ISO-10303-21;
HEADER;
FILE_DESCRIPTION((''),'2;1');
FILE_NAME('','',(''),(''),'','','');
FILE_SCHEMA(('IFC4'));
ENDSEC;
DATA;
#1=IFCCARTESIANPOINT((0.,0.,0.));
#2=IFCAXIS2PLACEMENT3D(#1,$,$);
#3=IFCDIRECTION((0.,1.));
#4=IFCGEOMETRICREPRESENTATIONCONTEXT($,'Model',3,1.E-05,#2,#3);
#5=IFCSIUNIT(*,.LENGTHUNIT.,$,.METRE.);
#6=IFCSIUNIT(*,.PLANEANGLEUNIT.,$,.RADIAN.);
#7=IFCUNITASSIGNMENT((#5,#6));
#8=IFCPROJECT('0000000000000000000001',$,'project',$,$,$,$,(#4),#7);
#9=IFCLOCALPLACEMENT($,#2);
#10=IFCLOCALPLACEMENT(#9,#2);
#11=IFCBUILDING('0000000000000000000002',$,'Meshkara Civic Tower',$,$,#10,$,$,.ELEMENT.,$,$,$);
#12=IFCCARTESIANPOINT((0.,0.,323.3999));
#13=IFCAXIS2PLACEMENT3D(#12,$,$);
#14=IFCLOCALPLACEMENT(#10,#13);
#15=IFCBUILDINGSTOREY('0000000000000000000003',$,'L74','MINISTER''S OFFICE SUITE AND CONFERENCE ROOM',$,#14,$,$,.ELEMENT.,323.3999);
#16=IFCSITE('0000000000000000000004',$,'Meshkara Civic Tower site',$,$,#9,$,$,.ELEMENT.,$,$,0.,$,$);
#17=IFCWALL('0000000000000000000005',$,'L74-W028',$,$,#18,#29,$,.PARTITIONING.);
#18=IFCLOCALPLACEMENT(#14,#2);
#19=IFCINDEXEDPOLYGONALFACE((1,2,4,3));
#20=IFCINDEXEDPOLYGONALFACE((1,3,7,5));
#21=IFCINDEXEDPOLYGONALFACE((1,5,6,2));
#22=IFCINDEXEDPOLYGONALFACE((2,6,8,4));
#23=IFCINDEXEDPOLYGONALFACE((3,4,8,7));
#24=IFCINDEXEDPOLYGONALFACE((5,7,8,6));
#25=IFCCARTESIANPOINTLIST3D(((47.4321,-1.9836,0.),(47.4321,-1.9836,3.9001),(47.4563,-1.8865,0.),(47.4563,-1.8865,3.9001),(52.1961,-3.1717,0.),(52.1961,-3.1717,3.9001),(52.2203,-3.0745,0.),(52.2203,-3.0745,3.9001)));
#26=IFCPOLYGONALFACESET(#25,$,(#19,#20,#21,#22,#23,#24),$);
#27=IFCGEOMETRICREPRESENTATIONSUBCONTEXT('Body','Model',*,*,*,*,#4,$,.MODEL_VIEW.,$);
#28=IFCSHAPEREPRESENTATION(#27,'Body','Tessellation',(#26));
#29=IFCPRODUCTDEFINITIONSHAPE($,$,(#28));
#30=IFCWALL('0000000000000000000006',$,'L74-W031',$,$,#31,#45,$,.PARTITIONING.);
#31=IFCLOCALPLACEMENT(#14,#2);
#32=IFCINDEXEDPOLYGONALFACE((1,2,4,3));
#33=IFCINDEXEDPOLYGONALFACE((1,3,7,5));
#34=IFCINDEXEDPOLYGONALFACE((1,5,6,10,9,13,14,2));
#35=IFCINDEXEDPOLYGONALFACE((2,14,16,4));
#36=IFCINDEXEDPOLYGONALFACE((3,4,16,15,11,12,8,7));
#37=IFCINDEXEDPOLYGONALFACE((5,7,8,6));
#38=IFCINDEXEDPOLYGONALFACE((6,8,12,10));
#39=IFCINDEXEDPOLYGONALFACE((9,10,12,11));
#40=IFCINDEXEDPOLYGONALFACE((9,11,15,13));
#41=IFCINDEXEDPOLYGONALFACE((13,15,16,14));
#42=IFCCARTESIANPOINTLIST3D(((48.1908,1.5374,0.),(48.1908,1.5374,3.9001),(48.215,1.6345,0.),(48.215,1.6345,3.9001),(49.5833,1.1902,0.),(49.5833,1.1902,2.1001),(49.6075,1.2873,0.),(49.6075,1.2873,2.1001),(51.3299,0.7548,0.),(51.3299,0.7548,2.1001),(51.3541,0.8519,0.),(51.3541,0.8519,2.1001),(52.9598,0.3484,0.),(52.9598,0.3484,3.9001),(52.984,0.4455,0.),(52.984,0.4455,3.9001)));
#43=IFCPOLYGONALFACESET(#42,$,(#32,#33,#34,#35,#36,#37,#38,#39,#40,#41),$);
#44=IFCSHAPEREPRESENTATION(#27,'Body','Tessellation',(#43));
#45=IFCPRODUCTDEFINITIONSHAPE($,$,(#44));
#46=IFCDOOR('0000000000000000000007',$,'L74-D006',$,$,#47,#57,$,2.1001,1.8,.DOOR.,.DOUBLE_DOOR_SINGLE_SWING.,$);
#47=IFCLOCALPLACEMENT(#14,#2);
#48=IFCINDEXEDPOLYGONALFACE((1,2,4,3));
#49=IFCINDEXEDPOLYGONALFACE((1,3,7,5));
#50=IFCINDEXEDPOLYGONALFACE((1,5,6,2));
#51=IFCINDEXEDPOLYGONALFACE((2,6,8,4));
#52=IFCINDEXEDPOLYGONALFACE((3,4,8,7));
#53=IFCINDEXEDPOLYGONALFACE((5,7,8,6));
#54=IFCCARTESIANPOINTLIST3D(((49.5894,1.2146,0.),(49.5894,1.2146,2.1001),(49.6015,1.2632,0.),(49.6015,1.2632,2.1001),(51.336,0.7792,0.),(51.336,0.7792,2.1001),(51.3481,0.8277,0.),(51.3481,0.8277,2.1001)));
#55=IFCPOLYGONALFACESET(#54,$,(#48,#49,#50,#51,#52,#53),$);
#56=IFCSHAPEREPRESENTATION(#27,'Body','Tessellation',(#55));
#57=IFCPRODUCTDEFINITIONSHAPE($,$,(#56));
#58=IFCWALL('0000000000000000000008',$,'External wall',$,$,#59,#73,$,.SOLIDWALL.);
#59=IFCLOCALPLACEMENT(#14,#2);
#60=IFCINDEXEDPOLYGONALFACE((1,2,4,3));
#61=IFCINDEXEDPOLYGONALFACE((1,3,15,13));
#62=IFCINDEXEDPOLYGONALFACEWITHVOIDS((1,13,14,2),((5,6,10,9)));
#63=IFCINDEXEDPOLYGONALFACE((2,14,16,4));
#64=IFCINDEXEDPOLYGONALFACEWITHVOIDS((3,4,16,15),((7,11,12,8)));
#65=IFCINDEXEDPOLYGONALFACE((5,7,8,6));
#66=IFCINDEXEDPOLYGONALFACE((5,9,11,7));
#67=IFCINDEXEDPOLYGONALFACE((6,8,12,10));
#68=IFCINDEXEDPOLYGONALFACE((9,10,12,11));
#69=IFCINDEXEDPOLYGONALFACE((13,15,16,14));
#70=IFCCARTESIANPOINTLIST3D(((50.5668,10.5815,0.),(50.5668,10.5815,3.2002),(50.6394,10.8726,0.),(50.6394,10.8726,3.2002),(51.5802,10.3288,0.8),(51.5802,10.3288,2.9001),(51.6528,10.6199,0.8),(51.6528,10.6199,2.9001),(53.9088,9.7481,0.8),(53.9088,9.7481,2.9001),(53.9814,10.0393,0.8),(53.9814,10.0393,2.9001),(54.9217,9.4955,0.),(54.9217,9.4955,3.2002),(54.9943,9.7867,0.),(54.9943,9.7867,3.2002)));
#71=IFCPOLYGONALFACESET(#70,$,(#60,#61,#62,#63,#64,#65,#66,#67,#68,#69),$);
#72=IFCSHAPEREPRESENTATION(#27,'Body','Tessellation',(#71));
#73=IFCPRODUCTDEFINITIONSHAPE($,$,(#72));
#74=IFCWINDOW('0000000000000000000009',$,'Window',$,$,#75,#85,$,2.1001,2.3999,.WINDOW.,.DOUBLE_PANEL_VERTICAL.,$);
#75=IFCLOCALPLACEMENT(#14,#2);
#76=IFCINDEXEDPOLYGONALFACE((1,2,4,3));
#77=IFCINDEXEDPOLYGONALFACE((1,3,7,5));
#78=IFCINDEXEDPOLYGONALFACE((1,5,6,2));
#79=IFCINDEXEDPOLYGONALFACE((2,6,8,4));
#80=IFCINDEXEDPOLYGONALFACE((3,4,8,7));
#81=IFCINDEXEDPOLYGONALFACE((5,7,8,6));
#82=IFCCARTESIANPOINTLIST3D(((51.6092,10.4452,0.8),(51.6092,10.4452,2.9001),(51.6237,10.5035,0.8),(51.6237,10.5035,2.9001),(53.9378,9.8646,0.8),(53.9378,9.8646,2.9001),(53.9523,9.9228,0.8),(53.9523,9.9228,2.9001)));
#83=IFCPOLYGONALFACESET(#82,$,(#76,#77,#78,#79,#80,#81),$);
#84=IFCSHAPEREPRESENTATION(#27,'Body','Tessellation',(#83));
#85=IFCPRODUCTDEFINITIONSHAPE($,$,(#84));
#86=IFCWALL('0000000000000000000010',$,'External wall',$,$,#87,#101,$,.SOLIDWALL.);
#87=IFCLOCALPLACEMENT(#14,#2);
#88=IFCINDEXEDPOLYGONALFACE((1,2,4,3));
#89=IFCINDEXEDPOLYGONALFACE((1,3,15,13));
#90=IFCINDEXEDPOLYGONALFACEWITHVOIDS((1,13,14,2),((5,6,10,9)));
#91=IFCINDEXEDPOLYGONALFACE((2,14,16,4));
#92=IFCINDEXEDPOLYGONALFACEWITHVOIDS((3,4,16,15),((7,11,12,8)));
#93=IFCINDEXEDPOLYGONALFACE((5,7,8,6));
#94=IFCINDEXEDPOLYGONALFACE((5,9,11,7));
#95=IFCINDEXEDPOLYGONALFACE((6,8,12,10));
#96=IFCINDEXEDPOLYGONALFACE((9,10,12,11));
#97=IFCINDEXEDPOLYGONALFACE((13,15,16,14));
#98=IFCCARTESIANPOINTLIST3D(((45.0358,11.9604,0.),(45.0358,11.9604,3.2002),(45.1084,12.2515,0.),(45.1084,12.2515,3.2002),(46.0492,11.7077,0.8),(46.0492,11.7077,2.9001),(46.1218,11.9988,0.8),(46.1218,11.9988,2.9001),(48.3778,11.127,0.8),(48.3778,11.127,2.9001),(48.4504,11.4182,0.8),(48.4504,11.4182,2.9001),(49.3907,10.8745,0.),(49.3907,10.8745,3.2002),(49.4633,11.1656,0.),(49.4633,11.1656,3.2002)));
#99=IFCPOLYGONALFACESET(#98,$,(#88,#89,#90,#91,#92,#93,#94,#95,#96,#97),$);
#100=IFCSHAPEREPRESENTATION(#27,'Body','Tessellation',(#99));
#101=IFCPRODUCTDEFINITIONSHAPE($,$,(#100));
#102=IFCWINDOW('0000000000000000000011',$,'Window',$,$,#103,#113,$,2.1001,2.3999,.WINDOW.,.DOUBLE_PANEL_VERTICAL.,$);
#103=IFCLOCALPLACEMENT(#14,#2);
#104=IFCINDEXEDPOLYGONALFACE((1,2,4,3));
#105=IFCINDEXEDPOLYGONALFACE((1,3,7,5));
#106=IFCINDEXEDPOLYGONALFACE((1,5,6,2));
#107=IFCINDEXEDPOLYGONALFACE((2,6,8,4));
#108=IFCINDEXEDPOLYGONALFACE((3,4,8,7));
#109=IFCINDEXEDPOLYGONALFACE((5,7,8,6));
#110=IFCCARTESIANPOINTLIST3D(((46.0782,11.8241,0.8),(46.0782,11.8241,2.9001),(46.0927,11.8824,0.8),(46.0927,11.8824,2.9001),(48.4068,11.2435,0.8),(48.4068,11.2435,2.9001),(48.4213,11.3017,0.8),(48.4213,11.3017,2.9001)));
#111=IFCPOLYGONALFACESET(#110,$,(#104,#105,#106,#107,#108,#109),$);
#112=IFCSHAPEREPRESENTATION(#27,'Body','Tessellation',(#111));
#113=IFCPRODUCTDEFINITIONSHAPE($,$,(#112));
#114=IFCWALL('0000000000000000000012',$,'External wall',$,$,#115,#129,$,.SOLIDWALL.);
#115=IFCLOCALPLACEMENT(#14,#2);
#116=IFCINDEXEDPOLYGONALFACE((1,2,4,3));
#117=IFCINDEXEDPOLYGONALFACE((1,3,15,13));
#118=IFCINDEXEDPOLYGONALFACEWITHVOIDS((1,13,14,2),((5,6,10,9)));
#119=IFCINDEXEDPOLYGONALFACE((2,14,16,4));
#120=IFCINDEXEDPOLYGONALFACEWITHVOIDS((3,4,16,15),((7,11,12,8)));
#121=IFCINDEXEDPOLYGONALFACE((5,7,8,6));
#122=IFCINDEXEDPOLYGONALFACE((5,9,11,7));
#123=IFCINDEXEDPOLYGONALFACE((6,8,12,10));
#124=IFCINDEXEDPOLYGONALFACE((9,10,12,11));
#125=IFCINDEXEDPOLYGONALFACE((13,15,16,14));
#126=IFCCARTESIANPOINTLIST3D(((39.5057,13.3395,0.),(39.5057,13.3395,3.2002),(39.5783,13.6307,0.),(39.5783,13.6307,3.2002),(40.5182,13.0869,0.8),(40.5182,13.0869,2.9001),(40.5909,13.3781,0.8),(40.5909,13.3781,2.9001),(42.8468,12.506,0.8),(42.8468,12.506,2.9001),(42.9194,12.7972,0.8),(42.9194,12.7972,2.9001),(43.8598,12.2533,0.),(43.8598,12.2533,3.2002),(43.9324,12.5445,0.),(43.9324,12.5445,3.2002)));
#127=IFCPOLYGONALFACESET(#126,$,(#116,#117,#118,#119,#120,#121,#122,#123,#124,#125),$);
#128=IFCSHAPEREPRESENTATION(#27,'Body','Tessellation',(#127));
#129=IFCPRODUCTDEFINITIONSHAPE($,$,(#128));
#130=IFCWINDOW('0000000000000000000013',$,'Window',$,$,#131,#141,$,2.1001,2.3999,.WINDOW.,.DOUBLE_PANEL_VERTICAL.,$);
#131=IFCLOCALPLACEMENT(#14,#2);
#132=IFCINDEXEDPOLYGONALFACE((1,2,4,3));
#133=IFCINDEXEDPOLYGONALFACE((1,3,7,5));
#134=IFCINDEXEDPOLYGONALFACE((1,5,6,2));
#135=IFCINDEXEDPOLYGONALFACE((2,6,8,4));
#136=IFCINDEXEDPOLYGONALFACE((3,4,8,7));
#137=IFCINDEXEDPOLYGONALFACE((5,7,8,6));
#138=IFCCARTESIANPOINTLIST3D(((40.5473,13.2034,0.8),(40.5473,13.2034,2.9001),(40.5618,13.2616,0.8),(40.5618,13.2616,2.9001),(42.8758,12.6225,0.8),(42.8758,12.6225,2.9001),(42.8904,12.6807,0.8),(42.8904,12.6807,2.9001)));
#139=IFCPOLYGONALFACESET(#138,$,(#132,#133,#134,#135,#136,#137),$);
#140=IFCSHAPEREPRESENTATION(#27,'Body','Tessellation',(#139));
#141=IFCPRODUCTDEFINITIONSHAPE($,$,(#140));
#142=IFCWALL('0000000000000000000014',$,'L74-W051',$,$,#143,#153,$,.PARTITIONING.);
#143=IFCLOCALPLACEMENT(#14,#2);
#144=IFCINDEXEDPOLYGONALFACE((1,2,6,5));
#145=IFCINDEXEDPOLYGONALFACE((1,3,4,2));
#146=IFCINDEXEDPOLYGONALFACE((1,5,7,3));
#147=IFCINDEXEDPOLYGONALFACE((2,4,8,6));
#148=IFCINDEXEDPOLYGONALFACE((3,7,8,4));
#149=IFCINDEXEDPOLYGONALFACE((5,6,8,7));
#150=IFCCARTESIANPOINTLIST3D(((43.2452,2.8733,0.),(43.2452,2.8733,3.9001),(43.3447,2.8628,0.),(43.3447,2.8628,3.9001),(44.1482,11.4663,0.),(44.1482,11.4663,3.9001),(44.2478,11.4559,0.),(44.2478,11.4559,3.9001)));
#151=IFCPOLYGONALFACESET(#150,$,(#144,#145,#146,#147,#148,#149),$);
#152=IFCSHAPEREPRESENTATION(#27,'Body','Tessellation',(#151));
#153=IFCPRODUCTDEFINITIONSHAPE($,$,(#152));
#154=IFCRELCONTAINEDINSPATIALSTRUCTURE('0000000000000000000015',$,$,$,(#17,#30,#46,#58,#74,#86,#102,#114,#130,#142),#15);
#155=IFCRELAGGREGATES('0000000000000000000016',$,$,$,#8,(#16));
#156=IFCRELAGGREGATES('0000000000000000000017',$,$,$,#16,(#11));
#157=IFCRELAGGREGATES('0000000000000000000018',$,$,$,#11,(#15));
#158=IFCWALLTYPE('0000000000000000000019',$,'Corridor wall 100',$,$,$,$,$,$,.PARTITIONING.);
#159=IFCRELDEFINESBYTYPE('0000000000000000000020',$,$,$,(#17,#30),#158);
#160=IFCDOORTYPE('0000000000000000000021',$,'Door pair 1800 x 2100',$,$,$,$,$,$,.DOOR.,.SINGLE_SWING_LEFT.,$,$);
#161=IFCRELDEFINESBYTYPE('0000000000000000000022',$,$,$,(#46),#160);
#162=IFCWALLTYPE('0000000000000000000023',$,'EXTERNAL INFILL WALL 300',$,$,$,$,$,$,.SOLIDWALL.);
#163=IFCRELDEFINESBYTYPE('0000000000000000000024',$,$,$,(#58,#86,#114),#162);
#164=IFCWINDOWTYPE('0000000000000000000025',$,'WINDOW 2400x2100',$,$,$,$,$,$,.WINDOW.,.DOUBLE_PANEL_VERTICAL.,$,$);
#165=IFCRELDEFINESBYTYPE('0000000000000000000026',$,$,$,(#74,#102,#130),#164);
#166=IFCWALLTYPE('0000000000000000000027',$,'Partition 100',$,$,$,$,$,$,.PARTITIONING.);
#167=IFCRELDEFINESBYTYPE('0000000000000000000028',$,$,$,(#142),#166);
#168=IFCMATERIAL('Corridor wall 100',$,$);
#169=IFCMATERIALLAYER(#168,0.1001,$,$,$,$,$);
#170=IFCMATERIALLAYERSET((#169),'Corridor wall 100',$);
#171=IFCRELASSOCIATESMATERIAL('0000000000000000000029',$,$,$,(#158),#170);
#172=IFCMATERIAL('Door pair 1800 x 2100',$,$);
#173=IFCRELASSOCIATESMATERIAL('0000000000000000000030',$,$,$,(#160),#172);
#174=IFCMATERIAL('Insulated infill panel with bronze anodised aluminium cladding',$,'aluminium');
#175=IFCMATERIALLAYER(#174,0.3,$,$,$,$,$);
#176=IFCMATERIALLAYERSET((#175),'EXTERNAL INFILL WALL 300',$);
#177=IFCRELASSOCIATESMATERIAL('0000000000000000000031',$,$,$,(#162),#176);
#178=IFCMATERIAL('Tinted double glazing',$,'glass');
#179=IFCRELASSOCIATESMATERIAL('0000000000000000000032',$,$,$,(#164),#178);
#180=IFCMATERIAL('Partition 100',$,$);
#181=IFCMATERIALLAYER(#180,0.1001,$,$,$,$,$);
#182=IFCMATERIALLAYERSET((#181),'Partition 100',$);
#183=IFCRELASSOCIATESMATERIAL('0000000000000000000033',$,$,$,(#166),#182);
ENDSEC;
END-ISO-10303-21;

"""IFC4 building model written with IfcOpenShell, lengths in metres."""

from ifc_helpers import new_model, si_unit, direction, frame, frame_2d, origin, place, context, subcontext, project, spatial, rectangle, extrude, material, layer, layer_set, type_object, element, fill, save


model = new_model("IFC4")

# Units and contexts
model_context = context("Model", 3, precision=1e-05, world=origin(), true_north=direction((0.0, 1.0)))
body_context = subcontext(model_context, "Body", "Model", "MODEL_VIEW")
ifc_project = project(units=[si_unit("LENGTHUNIT", "METRE"), si_unit("PLANEANGLEUNIT", "RADIAN")], contexts=[model_context])

# Site, building, storey
site_placement = place(None, origin())
site = spatial("IfcSite", under=ifc_project, at=site_placement, Name="Meshkara Civic Tower site", CompositionType="ELEMENT", RefElevation=0.0)
building_placement = place(site_placement, origin())
building = spatial("IfcBuilding", under=site, at=building_placement, Name="Meshkara Civic Tower", CompositionType="ELEMENT")
storey_placement = place(building_placement, frame((0.0, 0.0, 323.3999)))
storey = spatial("IfcBuildingStorey", under=building, at=storey_placement, Name="L74", Description="MINISTER'S OFFICE SUITE AND CONFERENCE ROOM", CompositionType="ELEMENT", Elevation=323.3999)

# Shared definitions
ifc_material_1 = material(Name="Corridor wall 100")
ifc_layer_1 = layer(ifc_material_1, 0.1001)
ifc_layer_set_1 = layer_set([ifc_layer_1], Name="Corridor wall 100")
wall_type_1 = type_object("IfcWallType", Name="Corridor wall 100", PredefinedType="PARTITIONING", material=ifc_layer_set_1)

# Wall
wall_1_placement = place(storey_placement, frame((47.4441, -1.9351, 0.0), z_axis=(0.0, 0.0, 1.0), x_axis=(0.970286, -0.241962, 0.0)))
element("IfcWall", 1, at=wall_1_placement, inside=storey, type_object=wall_type_1, Name="L74-W028", PredefinedType="PARTITIONING", context=body_context, shape_type="SweptSolid", body=[
    extrude(rectangle(XDim=4.9099, YDim=0.1001, at=frame_2d((2.4551, 0.0))), origin(), (0.0, 0.0, 1.0), 3.9001),
])

# Wall, opening, door
wall_2_placement = place(storey_placement, frame((52.9719, 0.397, 0.0), z_axis=(0.0, 0.0, 1.0), x_axis=(-0.9703, 0.241904, 0.0)))
wall_2 = element("IfcWall", 2, at=wall_2_placement, inside=storey, type_object=wall_type_1, Name="L74-W031", PredefinedType="PARTITIONING", context=body_context, shape_type="SweptSolid", body=[
    extrude(rectangle(XDim=4.915, YDim=0.1001, at=frame_2d((2.4575, 0.0))), origin(), (0.0, 0.0, 1.0), 3.9001),
])
opening_1_placement = place(wall_2_placement, frame((1.6799, 0.0, 0.0)))
opening_1 = element("IfcOpeningElement", 3, at=opening_1_placement, cuts=wall_2, PredefinedType="OPENING", context=body_context, shape_type="SweptSolid", body=[
    extrude(rectangle(XDim=1.8, YDim=2.1001, at=frame_2d((0.8999, 1.05))), frame((0.0, 0.0601, 0.0), z_axis=(0.0, -1.0, 0.0), x_axis=(1.0, 0.0, 0.0)), (0.0, 0.0, 1.0), 0.1201),
])
ifc_material_2 = material(Name="Door pair 1800 x 2100")
door_type_1 = type_object("IfcDoorType", Name="Door pair 1800 x 2100", OperationType="SINGLE_SWING_LEFT", PredefinedType="DOOR", material=ifc_material_2)
door_1_placement = place(opening_1_placement, origin())
door_1 = element("IfcDoor", 4, at=door_1_placement, inside=storey, type_object=door_type_1, Name="L74-D006", OperationType="DOUBLE_DOOR_SINGLE_SWING", OverallHeight=2.1001, OverallWidth=1.8, PredefinedType="DOOR", context=body_context, shape_type="SweptSolid", body=[
    extrude(rectangle(XDim=1.8, YDim=2.1001, at=frame_2d((0.8999, 1.05))), frame((0.0, 0.0249, 0.0), z_axis=(0.0, -1.0, 0.0), x_axis=(1.0, 0.0, 0.0)), (0.0, 0.0, 1.0), 0.05),
])
fill(opening_1, door_1)

# Walls, openings, windows
ifc_material_3 = material(Name="Insulated infill panel with bronze anodised aluminium cladding", Category="aluminium")
ifc_layer_2 = layer(ifc_material_3, 0.3)
ifc_layer_set_2 = layer_set([ifc_layer_2], Name="EXTERNAL INFILL WALL 300")
wall_type_2 = type_object("IfcWallType", Name="EXTERNAL INFILL WALL 300", PredefinedType="SOLIDWALL", material=ifc_layer_set_2)
wall_3_placement = place(storey_placement, frame((54.958, 9.6411, 0.0), z_axis=(0.0, 0.0, 1.0), x_axis=(-0.97029, 0.241947, 0.0)))
wall_3 = element("IfcWall", 5, at=wall_3_placement, inside=storey, type_object=wall_type_2, Name="External wall", PredefinedType="SOLIDWALL", context=body_context, shape_type="SweptSolid", body=[
    extrude(rectangle(XDim=4.4883, YDim=0.3, at=frame_2d((2.2441, 0.0))), origin(), (0.0, 0.0, 1.0), 3.2002),
])
opening_2_placement = place(wall_3_placement, frame((1.0439, 0.0, 0.8)))
opening_2 = element("IfcOpeningElement", 6, at=opening_2_placement, cuts=wall_3, PredefinedType="OPENING", context=body_context, shape_type="SweptSolid", body=[
    extrude(rectangle(XDim=2.3999, YDim=2.1001, at=frame_2d((1.2, 1.05))), frame((0.0, 0.1599, 0.0), z_axis=(0.0, -1.0, 0.0), x_axis=(1.0, 0.0, 0.0)), (0.0, 0.0, 1.0), 0.3201),
])
ifc_material_4 = material(Name="Tinted double glazing", Category="glass")
window_type = type_object("IfcWindowType", Name="WINDOW 2400x2100", PartitioningType="DOUBLE_PANEL_VERTICAL", PredefinedType="WINDOW", material=ifc_material_4)
window_1_placement = place(opening_2_placement, origin())
window_1 = element("IfcWindow", 7, at=window_1_placement, inside=storey, type_object=window_type, Name="Window", OverallHeight=2.1001, OverallWidth=2.3999, PartitioningType="DOUBLE_PANEL_VERTICAL", PredefinedType="WINDOW", context=body_context, shape_type="SweptSolid", body=[
    extrude(rectangle(XDim=2.3999, YDim=2.1001, at=frame_2d((1.2, 1.05))), frame((0.0, 0.03, 0.0), z_axis=(0.0, -1.0, 0.0), x_axis=(1.0, 0.0, 0.0)), (0.0, 0.0, 1.0), 0.0601),
])
fill(opening_2, window_1)
wall_4_placement = place(storey_placement, frame((49.427, 11.02, 0.0), z_axis=(0.0, 0.0, 1.0), x_axis=(-0.97029, 0.241947, 0.0)))
wall_4 = element("IfcWall", 8, at=wall_4_placement, inside=storey, type_object=wall_type_2, Name="External wall", PredefinedType="SOLIDWALL", context=body_context, shape_type="SweptSolid", body=[
    extrude(rectangle(XDim=4.4883, YDim=0.3, at=frame_2d((2.2441, 0.0))), origin(), (0.0, 0.0, 1.0), 3.2002),
])
opening_3_placement = place(wall_4_placement, frame((1.0439, 0.0, 0.8)))
opening_3 = element("IfcOpeningElement", 9, at=opening_3_placement, cuts=wall_4, PredefinedType="OPENING", context=body_context, shape_type="SweptSolid", body=[
    extrude(rectangle(XDim=2.3999, YDim=2.1001, at=frame_2d((1.2, 1.05))), frame((0.0, 0.1599, 0.0), z_axis=(0.0, -1.0, 0.0), x_axis=(1.0, 0.0, 0.0)), (0.0, 0.0, 1.0), 0.3201),
])
window_2_placement = place(opening_3_placement, origin())
window_2 = element("IfcWindow", 10, at=window_2_placement, inside=storey, type_object=window_type, Name="Window", OverallHeight=2.1001, OverallWidth=2.3999, PartitioningType="DOUBLE_PANEL_VERTICAL", PredefinedType="WINDOW", context=body_context, shape_type="SweptSolid", body=[
    extrude(rectangle(XDim=2.3999, YDim=2.1001, at=frame_2d((1.2, 1.05))), frame((0.0, 0.03, 0.0), z_axis=(0.0, -1.0, 0.0), x_axis=(1.0, 0.0, 0.0)), (0.0, 0.0, 1.0), 0.0601),
])
fill(opening_3, window_2)
wall_5_placement = place(storey_placement, frame((43.896, 12.3989, 0.0), z_axis=(0.0, 0.0, 1.0), x_axis=(-0.970264, 0.242049, 0.0)))
wall_5 = element("IfcWall", 11, at=wall_5_placement, inside=storey, type_object=wall_type_2, Name="External wall", PredefinedType="SOLIDWALL", context=body_context, shape_type="SweptSolid", body=[
    extrude(rectangle(XDim=4.4875, YDim=0.3, at=frame_2d((2.2437, 0.0))), origin(), (0.0, 0.0, 1.0), 3.2002),
])
opening_4_placement = place(wall_5_placement, frame((1.0439, 0.0, 0.8)))
opening_4 = element("IfcOpeningElement", 12, at=opening_4_placement, cuts=wall_5, PredefinedType="OPENING", context=body_context, shape_type="SweptSolid", body=[
    extrude(rectangle(XDim=2.3999, YDim=2.1001, at=frame_2d((1.2, 1.05))), frame((0.0, 0.1599, 0.0), z_axis=(0.0, -1.0, 0.0), x_axis=(1.0, 0.0, 0.0)), (0.0, 0.0, 1.0), 0.3201),
])
window_3_placement = place(opening_4_placement, origin())
window_3 = element("IfcWindow", 13, at=window_3_placement, inside=storey, type_object=window_type, Name="Window", OverallHeight=2.1001, OverallWidth=2.3999, PartitioningType="DOUBLE_PANEL_VERTICAL", PredefinedType="WINDOW", context=body_context, shape_type="SweptSolid", body=[
    extrude(rectangle(XDim=2.3999, YDim=2.1001, at=frame_2d((1.2, 1.05))), frame((0.0, 0.03, 0.0), z_axis=(0.0, -1.0, 0.0), x_axis=(1.0, 0.0, 0.0)), (0.0, 0.0, 1.0), 0.0601),
])
fill(opening_4, window_3)

# Wall
ifc_material_5 = material(Name="Partition 100")
ifc_layer_3 = layer(ifc_material_5, 0.1001)
ifc_layer_set_3 = layer_set([ifc_layer_3], Name="Partition 100")
wall_type_3 = type_object("IfcWallType", Name="Partition 100", PredefinedType="PARTITIONING", material=ifc_layer_set_3)
wall_6_placement = place(storey_placement, frame((43.2949, 2.8679, 0.0), z_axis=(0.0, 0.0, 1.0), x_axis=(0.104519, 0.994523, 0.0)))
element("IfcWall", 14, at=wall_6_placement, inside=storey, type_object=wall_type_3, Name="L74-W051", PredefinedType="PARTITIONING", context=body_context, shape_type="SweptSolid", body=[
    extrude(rectangle(XDim=8.6404, YDim=0.1001, at=frame_2d((4.3203, 0.0))), origin(), (0.0, 0.0, 1.0), 3.9001),
])

save(model, "model.ifc")
